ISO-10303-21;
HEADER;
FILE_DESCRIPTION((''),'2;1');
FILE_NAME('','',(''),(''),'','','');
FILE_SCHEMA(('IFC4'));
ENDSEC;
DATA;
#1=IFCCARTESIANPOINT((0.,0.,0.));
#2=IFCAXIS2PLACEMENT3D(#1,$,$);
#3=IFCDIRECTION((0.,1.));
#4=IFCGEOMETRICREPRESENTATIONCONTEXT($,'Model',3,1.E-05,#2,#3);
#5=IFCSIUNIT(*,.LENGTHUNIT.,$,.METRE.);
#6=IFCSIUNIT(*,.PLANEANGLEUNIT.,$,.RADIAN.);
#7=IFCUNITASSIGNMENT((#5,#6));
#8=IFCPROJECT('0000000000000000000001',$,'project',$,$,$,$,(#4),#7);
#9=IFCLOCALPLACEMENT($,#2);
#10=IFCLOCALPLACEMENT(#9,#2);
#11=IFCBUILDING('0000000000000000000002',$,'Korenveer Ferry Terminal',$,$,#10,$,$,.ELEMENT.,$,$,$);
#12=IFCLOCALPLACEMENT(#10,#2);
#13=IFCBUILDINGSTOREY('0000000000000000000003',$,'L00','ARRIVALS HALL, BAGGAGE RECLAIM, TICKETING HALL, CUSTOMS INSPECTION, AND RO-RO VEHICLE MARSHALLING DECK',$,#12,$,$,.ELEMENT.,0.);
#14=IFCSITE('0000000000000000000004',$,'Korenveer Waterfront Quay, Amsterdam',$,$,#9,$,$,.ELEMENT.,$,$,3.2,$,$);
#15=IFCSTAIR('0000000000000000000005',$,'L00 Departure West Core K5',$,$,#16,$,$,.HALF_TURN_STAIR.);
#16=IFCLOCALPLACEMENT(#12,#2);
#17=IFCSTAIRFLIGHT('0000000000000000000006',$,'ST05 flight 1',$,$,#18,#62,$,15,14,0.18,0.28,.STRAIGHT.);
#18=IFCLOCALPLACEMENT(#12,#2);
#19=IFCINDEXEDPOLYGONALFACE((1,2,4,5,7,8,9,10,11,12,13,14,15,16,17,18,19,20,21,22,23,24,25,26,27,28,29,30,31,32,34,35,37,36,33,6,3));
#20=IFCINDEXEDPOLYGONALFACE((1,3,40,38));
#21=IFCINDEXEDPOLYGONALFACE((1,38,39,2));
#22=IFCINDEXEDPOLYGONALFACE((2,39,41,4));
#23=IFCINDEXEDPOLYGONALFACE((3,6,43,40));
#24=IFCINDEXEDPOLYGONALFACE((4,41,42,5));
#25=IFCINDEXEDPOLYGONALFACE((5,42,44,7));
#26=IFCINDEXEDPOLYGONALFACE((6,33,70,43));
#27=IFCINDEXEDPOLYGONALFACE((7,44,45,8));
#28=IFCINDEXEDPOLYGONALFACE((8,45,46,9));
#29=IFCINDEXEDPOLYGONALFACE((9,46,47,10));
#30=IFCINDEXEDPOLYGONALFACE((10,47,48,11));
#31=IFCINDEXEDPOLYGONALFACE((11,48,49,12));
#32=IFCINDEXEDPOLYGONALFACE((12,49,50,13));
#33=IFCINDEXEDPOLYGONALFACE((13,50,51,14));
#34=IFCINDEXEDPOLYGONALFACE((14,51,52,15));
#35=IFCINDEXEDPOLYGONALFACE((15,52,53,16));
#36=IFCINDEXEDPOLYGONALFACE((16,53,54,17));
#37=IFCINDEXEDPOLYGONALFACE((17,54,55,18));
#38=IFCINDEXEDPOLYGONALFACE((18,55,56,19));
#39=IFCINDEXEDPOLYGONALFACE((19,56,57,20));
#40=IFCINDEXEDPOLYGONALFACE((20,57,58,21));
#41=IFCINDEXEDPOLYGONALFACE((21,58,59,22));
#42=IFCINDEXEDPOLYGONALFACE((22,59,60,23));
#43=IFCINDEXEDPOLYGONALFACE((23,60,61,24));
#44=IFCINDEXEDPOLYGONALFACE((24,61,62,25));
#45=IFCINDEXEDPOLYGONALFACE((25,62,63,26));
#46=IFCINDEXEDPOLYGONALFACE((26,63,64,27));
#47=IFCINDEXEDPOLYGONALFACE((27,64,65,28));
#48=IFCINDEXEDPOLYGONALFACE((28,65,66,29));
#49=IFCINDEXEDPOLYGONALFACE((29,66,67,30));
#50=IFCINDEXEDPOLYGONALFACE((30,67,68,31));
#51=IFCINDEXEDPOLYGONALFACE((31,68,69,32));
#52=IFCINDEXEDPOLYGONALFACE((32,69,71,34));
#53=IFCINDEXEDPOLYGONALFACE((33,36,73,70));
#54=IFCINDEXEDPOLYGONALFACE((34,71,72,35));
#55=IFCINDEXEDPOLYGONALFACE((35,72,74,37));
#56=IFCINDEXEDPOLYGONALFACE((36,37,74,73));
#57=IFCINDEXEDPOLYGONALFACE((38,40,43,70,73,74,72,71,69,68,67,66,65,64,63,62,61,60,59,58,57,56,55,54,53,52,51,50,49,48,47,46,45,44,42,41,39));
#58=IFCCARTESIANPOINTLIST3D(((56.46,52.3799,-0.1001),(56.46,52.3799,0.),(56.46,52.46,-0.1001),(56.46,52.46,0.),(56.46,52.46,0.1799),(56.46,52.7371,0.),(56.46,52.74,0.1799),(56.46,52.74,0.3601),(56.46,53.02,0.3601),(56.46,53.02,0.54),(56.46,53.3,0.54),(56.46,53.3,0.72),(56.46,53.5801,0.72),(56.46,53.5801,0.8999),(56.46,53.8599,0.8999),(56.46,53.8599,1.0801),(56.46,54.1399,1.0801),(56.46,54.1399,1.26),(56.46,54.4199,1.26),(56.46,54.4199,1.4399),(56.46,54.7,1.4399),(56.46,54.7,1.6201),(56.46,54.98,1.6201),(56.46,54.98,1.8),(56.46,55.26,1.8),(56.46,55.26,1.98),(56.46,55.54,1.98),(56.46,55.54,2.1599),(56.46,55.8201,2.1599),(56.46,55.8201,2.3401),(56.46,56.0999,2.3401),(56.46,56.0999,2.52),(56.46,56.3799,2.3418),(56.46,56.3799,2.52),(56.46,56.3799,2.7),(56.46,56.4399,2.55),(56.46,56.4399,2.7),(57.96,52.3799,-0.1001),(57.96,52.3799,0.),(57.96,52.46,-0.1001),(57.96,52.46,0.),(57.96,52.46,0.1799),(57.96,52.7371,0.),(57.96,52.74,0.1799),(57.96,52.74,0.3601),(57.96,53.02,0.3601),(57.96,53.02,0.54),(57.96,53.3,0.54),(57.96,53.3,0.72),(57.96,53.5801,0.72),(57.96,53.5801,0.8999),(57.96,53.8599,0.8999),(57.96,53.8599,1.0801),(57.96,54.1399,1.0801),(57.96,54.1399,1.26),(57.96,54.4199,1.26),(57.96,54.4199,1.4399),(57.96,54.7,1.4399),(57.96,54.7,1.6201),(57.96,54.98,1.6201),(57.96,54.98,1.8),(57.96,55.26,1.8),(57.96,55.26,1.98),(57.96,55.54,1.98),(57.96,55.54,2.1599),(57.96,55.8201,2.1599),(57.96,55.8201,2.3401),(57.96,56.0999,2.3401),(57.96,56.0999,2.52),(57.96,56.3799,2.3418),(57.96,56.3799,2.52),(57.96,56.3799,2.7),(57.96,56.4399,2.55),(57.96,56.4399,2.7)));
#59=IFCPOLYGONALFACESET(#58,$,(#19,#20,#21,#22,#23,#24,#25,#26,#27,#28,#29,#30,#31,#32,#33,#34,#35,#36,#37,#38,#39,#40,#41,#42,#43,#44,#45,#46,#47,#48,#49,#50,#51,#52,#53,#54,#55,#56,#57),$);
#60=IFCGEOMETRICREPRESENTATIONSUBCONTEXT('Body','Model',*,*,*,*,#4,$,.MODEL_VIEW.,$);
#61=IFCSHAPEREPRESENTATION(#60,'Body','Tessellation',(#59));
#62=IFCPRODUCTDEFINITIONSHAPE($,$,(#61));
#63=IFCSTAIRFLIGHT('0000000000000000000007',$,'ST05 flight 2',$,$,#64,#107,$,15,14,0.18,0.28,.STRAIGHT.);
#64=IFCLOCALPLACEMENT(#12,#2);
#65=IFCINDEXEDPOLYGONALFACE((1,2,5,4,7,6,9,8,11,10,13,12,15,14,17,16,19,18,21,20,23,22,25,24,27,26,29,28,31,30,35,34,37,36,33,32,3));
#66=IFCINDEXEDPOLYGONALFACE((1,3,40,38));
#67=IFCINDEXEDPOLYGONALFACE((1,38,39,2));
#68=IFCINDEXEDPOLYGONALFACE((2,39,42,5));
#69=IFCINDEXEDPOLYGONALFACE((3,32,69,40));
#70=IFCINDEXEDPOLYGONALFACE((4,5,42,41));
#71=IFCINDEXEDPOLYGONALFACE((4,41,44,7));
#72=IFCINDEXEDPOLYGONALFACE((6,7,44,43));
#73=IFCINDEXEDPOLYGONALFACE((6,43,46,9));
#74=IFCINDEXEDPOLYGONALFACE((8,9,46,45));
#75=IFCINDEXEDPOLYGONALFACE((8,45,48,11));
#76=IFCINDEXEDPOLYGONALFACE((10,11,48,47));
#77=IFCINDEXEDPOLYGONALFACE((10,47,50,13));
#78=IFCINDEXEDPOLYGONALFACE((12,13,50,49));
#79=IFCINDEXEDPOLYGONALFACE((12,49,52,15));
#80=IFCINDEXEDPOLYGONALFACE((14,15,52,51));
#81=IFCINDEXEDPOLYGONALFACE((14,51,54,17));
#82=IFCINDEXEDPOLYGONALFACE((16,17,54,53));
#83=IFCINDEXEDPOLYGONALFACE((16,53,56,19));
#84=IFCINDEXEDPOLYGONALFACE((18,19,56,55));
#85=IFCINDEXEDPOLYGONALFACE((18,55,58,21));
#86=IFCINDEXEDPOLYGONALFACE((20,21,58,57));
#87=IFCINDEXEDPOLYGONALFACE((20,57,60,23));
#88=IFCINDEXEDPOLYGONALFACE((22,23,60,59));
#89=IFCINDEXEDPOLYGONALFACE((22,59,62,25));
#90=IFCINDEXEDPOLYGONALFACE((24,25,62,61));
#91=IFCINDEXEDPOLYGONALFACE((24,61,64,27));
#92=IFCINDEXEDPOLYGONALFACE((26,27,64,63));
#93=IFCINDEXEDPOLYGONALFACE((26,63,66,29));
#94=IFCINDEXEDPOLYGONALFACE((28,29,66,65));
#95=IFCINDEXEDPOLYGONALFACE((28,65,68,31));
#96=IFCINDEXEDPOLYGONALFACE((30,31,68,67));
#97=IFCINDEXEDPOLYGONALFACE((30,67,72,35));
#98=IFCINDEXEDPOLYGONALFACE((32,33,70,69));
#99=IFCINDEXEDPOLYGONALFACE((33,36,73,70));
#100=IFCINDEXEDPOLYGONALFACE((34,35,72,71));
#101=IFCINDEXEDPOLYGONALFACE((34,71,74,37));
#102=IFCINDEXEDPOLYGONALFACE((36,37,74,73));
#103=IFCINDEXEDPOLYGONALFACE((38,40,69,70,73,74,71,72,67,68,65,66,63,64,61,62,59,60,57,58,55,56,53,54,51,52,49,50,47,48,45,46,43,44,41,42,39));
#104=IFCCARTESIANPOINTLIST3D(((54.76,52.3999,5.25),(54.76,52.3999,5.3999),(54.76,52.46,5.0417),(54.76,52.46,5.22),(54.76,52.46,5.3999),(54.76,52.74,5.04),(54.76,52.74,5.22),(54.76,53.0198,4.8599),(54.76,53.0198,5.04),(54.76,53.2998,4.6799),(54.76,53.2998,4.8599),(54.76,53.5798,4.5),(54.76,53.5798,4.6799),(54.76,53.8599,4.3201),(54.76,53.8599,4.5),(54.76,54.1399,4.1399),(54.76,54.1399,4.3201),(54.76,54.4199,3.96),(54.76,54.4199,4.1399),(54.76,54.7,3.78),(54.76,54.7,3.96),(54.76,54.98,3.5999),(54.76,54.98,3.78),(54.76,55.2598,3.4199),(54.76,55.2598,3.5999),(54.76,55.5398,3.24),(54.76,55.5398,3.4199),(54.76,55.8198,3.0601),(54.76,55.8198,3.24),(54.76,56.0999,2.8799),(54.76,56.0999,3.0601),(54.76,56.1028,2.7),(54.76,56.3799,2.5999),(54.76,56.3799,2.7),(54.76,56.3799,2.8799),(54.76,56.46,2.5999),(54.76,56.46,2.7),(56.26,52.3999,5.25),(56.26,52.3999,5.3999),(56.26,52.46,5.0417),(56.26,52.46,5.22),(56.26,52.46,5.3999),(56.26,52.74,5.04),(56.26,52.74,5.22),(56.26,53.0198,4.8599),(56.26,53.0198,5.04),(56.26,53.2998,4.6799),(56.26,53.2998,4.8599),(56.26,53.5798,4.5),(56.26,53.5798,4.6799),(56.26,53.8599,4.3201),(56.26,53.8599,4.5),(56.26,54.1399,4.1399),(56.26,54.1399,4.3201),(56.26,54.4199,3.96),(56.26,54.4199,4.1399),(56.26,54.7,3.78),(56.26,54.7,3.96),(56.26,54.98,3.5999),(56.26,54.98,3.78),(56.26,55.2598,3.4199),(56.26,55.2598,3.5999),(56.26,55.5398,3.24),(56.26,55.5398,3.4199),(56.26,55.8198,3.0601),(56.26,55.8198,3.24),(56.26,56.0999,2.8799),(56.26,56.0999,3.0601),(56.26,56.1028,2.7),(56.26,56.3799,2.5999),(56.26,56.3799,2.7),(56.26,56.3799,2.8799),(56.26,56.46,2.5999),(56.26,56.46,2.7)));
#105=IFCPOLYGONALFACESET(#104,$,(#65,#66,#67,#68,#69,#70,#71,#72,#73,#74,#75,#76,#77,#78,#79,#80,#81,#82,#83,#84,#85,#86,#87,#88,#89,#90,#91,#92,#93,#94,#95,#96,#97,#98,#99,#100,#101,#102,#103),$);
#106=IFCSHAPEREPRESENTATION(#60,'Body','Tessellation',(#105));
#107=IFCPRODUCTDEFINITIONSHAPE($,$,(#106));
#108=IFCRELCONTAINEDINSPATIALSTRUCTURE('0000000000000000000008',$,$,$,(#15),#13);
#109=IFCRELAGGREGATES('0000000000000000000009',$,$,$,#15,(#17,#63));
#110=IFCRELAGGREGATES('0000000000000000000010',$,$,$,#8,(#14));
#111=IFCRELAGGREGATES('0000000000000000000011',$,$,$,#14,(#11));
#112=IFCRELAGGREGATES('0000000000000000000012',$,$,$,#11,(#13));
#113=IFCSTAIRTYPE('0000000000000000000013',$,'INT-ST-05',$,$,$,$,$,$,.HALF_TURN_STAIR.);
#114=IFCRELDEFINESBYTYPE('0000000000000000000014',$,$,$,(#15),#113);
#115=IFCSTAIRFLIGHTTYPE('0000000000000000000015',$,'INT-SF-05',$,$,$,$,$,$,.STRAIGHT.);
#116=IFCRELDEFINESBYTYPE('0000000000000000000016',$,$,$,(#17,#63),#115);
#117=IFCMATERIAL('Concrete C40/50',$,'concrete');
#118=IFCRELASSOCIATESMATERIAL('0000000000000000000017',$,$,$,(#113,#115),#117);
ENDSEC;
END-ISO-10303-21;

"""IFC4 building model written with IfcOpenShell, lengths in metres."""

from ifc_helpers import new_model, si_unit, direction, frame, origin, place, context, subcontext, project, spatial, polyline, outline, extrude, material, type_object, element, aggregate, save


model = new_model("IFC4")

# Units and contexts
model_context = context("Model", 3, precision=1e-05, world=origin(), true_north=direction((0.0, 1.0)))
body_context = subcontext(model_context, "Body", "Model", "MODEL_VIEW")
ifc_project = project(units=[si_unit("LENGTHUNIT", "METRE"), si_unit("PLANEANGLEUNIT", "RADIAN")], contexts=[model_context])

# Site, building, storey
site_placement = place(None, origin())
site = spatial("IfcSite", under=ifc_project, at=site_placement, Name="Korenveer Waterfront Quay, Amsterdam", CompositionType="ELEMENT", RefElevation=3.2)
building_placement = place(site_placement, origin())
building = spatial("IfcBuilding", under=site, at=building_placement, Name="Korenveer Ferry Terminal", CompositionType="ELEMENT")
storey_placement = place(building_placement, origin())
storey = spatial("IfcBuildingStorey", under=building, at=storey_placement, Name="L00", Description="ARRIVALS HALL, BAGGAGE RECLAIM, TICKETING HALL, CUSTOMS INSPECTION, AND RO-RO VEHICLE MARSHALLING DECK", CompositionType="ELEMENT", Elevation=0.0)

# Shared definitions
ifc_material_1 = material(Name="Concrete C40/50", Category="concrete")

# Stair, stair flights
stair_type = type_object("IfcStairType", Name="INT-ST-05", PredefinedType="HALF_TURN_STAIR", material=ifc_material_1)
stair_placement = place(storey_placement, frame((57.21, 52.46, 0.0)))
stair = element("IfcStair", 1, at=stair_placement, inside=storey, type_object=stair_type, Name="L00 Departure West Core K5", PredefinedType="HALF_TURN_STAIR")
stair_flight_type = type_object("IfcStairFlightType", Name="INT-SF-05", PredefinedType="STRAIGHT", material=ifc_material_1)
stair_flight_1_placement = place(storey_placement, frame((57.21, 52.46, 0.0), z_axis=(0.0, 0.0, 1.0), x_axis=(0.0, 1.0, 0.0)))
stair_flight_1 = element("IfcStairFlight", 2, at=stair_flight_1_placement, type_object=stair_flight_type, Name="ST05 flight 1", NumberOfRisers=15, NumberOfTreads=14, PredefinedType="STRAIGHT", RiserHeight=0.18, TreadLength=0.28, context=body_context, shape_type="SweptSolid", body=[
    extrude(outline(polyline([(-0.0801, 0.0), (0.0, 0.0), (0.0, 0.1799), (0.28, 0.1799), (0.28, 0.3601), (0.5601, 0.3601), (0.5601, 0.54), (0.8401, 0.54), (0.8401, 0.72), (1.1201, 0.72), (1.1201, 0.8999), (1.3999, 0.8999), (1.3999, 1.0801), (1.6799, 1.0801), (1.6799, 1.26), (1.96, 1.26), (1.96, 1.4399), (2.24, 1.4399), (2.24, 1.6201), (2.52, 1.6201), (2.52, 1.8), (2.8, 1.8), (2.8, 1.98), (3.0801, 1.98), (3.0801, 2.1599), (3.3601, 2.1599), (3.3601, 2.3401), (3.6399, 2.3401), (3.6399, 2.52), (3.9199, 2.52), (3.9199, 2.7), (3.98, 2.7), (3.98, 2.55), (3.9199, 2.3418), (0.2771, 0.0), (0.0, -0.1001), (-0.0801, -0.1001), (-0.0801, 0.0)])), frame((0.0, 0.75, 0.0), z_axis=(0.0, -1.0, 0.0), x_axis=(1.0, 0.0, 0.0)), (0.0, 0.0, 1.0), 1.5),
])
stair_flight_2_placement = place(storey_placement, frame((55.51, 56.3799, 2.7), z_axis=(0.0, 0.0, 1.0), x_axis=(0.0, -1.0, 0.0)))
stair_flight_2 = element("IfcStairFlight", 3, at=stair_flight_2_placement, type_object=stair_flight_type, Name="ST05 flight 2", NumberOfRisers=15, NumberOfTreads=14, PredefinedType="STRAIGHT", RiserHeight=0.18, TreadLength=0.28, context=body_context, shape_type="SweptSolid", body=[
    extrude(outline(polyline([(-0.0801, 0.0), (0.0, 0.0), (0.0, 0.1799), (0.28, 0.1799), (0.28, 0.3601), (0.5601, 0.3601), (0.5601, 0.54), (0.8401, 0.54), (0.8401, 0.72), (1.1201, 0.72), (1.1201, 0.8999), (1.3999, 0.8999), (1.3999, 1.0801), (1.6799, 1.0801), (1.6799, 1.26), (1.96, 1.26), (1.96, 1.4399), (2.24, 1.4399), (2.24, 1.6201), (2.52, 1.6201), (2.52, 1.8), (2.8, 1.8), (2.8, 1.98), (3.0801, 1.98), (3.0801, 2.1599), (3.3601, 2.1599), (3.3601, 2.3401), (3.6399, 2.3401), (3.6399, 2.52), (3.9199, 2.52), (3.9199, 2.7), (3.98, 2.7), (3.98, 2.55), (3.9199, 2.3418), (0.2771, 0.0), (0.0, -0.1001), (-0.0801, -0.1001), (-0.0801, 0.0)])), frame((0.0, 0.75, 0.0), z_axis=(0.0, -1.0, 0.0), x_axis=(1.0, 0.0, 0.0)), (0.0, 0.0, 1.0), 1.5),
])
aggregate(stair, [stair_flight_1, stair_flight_2])

save(model, "model.ifc")
